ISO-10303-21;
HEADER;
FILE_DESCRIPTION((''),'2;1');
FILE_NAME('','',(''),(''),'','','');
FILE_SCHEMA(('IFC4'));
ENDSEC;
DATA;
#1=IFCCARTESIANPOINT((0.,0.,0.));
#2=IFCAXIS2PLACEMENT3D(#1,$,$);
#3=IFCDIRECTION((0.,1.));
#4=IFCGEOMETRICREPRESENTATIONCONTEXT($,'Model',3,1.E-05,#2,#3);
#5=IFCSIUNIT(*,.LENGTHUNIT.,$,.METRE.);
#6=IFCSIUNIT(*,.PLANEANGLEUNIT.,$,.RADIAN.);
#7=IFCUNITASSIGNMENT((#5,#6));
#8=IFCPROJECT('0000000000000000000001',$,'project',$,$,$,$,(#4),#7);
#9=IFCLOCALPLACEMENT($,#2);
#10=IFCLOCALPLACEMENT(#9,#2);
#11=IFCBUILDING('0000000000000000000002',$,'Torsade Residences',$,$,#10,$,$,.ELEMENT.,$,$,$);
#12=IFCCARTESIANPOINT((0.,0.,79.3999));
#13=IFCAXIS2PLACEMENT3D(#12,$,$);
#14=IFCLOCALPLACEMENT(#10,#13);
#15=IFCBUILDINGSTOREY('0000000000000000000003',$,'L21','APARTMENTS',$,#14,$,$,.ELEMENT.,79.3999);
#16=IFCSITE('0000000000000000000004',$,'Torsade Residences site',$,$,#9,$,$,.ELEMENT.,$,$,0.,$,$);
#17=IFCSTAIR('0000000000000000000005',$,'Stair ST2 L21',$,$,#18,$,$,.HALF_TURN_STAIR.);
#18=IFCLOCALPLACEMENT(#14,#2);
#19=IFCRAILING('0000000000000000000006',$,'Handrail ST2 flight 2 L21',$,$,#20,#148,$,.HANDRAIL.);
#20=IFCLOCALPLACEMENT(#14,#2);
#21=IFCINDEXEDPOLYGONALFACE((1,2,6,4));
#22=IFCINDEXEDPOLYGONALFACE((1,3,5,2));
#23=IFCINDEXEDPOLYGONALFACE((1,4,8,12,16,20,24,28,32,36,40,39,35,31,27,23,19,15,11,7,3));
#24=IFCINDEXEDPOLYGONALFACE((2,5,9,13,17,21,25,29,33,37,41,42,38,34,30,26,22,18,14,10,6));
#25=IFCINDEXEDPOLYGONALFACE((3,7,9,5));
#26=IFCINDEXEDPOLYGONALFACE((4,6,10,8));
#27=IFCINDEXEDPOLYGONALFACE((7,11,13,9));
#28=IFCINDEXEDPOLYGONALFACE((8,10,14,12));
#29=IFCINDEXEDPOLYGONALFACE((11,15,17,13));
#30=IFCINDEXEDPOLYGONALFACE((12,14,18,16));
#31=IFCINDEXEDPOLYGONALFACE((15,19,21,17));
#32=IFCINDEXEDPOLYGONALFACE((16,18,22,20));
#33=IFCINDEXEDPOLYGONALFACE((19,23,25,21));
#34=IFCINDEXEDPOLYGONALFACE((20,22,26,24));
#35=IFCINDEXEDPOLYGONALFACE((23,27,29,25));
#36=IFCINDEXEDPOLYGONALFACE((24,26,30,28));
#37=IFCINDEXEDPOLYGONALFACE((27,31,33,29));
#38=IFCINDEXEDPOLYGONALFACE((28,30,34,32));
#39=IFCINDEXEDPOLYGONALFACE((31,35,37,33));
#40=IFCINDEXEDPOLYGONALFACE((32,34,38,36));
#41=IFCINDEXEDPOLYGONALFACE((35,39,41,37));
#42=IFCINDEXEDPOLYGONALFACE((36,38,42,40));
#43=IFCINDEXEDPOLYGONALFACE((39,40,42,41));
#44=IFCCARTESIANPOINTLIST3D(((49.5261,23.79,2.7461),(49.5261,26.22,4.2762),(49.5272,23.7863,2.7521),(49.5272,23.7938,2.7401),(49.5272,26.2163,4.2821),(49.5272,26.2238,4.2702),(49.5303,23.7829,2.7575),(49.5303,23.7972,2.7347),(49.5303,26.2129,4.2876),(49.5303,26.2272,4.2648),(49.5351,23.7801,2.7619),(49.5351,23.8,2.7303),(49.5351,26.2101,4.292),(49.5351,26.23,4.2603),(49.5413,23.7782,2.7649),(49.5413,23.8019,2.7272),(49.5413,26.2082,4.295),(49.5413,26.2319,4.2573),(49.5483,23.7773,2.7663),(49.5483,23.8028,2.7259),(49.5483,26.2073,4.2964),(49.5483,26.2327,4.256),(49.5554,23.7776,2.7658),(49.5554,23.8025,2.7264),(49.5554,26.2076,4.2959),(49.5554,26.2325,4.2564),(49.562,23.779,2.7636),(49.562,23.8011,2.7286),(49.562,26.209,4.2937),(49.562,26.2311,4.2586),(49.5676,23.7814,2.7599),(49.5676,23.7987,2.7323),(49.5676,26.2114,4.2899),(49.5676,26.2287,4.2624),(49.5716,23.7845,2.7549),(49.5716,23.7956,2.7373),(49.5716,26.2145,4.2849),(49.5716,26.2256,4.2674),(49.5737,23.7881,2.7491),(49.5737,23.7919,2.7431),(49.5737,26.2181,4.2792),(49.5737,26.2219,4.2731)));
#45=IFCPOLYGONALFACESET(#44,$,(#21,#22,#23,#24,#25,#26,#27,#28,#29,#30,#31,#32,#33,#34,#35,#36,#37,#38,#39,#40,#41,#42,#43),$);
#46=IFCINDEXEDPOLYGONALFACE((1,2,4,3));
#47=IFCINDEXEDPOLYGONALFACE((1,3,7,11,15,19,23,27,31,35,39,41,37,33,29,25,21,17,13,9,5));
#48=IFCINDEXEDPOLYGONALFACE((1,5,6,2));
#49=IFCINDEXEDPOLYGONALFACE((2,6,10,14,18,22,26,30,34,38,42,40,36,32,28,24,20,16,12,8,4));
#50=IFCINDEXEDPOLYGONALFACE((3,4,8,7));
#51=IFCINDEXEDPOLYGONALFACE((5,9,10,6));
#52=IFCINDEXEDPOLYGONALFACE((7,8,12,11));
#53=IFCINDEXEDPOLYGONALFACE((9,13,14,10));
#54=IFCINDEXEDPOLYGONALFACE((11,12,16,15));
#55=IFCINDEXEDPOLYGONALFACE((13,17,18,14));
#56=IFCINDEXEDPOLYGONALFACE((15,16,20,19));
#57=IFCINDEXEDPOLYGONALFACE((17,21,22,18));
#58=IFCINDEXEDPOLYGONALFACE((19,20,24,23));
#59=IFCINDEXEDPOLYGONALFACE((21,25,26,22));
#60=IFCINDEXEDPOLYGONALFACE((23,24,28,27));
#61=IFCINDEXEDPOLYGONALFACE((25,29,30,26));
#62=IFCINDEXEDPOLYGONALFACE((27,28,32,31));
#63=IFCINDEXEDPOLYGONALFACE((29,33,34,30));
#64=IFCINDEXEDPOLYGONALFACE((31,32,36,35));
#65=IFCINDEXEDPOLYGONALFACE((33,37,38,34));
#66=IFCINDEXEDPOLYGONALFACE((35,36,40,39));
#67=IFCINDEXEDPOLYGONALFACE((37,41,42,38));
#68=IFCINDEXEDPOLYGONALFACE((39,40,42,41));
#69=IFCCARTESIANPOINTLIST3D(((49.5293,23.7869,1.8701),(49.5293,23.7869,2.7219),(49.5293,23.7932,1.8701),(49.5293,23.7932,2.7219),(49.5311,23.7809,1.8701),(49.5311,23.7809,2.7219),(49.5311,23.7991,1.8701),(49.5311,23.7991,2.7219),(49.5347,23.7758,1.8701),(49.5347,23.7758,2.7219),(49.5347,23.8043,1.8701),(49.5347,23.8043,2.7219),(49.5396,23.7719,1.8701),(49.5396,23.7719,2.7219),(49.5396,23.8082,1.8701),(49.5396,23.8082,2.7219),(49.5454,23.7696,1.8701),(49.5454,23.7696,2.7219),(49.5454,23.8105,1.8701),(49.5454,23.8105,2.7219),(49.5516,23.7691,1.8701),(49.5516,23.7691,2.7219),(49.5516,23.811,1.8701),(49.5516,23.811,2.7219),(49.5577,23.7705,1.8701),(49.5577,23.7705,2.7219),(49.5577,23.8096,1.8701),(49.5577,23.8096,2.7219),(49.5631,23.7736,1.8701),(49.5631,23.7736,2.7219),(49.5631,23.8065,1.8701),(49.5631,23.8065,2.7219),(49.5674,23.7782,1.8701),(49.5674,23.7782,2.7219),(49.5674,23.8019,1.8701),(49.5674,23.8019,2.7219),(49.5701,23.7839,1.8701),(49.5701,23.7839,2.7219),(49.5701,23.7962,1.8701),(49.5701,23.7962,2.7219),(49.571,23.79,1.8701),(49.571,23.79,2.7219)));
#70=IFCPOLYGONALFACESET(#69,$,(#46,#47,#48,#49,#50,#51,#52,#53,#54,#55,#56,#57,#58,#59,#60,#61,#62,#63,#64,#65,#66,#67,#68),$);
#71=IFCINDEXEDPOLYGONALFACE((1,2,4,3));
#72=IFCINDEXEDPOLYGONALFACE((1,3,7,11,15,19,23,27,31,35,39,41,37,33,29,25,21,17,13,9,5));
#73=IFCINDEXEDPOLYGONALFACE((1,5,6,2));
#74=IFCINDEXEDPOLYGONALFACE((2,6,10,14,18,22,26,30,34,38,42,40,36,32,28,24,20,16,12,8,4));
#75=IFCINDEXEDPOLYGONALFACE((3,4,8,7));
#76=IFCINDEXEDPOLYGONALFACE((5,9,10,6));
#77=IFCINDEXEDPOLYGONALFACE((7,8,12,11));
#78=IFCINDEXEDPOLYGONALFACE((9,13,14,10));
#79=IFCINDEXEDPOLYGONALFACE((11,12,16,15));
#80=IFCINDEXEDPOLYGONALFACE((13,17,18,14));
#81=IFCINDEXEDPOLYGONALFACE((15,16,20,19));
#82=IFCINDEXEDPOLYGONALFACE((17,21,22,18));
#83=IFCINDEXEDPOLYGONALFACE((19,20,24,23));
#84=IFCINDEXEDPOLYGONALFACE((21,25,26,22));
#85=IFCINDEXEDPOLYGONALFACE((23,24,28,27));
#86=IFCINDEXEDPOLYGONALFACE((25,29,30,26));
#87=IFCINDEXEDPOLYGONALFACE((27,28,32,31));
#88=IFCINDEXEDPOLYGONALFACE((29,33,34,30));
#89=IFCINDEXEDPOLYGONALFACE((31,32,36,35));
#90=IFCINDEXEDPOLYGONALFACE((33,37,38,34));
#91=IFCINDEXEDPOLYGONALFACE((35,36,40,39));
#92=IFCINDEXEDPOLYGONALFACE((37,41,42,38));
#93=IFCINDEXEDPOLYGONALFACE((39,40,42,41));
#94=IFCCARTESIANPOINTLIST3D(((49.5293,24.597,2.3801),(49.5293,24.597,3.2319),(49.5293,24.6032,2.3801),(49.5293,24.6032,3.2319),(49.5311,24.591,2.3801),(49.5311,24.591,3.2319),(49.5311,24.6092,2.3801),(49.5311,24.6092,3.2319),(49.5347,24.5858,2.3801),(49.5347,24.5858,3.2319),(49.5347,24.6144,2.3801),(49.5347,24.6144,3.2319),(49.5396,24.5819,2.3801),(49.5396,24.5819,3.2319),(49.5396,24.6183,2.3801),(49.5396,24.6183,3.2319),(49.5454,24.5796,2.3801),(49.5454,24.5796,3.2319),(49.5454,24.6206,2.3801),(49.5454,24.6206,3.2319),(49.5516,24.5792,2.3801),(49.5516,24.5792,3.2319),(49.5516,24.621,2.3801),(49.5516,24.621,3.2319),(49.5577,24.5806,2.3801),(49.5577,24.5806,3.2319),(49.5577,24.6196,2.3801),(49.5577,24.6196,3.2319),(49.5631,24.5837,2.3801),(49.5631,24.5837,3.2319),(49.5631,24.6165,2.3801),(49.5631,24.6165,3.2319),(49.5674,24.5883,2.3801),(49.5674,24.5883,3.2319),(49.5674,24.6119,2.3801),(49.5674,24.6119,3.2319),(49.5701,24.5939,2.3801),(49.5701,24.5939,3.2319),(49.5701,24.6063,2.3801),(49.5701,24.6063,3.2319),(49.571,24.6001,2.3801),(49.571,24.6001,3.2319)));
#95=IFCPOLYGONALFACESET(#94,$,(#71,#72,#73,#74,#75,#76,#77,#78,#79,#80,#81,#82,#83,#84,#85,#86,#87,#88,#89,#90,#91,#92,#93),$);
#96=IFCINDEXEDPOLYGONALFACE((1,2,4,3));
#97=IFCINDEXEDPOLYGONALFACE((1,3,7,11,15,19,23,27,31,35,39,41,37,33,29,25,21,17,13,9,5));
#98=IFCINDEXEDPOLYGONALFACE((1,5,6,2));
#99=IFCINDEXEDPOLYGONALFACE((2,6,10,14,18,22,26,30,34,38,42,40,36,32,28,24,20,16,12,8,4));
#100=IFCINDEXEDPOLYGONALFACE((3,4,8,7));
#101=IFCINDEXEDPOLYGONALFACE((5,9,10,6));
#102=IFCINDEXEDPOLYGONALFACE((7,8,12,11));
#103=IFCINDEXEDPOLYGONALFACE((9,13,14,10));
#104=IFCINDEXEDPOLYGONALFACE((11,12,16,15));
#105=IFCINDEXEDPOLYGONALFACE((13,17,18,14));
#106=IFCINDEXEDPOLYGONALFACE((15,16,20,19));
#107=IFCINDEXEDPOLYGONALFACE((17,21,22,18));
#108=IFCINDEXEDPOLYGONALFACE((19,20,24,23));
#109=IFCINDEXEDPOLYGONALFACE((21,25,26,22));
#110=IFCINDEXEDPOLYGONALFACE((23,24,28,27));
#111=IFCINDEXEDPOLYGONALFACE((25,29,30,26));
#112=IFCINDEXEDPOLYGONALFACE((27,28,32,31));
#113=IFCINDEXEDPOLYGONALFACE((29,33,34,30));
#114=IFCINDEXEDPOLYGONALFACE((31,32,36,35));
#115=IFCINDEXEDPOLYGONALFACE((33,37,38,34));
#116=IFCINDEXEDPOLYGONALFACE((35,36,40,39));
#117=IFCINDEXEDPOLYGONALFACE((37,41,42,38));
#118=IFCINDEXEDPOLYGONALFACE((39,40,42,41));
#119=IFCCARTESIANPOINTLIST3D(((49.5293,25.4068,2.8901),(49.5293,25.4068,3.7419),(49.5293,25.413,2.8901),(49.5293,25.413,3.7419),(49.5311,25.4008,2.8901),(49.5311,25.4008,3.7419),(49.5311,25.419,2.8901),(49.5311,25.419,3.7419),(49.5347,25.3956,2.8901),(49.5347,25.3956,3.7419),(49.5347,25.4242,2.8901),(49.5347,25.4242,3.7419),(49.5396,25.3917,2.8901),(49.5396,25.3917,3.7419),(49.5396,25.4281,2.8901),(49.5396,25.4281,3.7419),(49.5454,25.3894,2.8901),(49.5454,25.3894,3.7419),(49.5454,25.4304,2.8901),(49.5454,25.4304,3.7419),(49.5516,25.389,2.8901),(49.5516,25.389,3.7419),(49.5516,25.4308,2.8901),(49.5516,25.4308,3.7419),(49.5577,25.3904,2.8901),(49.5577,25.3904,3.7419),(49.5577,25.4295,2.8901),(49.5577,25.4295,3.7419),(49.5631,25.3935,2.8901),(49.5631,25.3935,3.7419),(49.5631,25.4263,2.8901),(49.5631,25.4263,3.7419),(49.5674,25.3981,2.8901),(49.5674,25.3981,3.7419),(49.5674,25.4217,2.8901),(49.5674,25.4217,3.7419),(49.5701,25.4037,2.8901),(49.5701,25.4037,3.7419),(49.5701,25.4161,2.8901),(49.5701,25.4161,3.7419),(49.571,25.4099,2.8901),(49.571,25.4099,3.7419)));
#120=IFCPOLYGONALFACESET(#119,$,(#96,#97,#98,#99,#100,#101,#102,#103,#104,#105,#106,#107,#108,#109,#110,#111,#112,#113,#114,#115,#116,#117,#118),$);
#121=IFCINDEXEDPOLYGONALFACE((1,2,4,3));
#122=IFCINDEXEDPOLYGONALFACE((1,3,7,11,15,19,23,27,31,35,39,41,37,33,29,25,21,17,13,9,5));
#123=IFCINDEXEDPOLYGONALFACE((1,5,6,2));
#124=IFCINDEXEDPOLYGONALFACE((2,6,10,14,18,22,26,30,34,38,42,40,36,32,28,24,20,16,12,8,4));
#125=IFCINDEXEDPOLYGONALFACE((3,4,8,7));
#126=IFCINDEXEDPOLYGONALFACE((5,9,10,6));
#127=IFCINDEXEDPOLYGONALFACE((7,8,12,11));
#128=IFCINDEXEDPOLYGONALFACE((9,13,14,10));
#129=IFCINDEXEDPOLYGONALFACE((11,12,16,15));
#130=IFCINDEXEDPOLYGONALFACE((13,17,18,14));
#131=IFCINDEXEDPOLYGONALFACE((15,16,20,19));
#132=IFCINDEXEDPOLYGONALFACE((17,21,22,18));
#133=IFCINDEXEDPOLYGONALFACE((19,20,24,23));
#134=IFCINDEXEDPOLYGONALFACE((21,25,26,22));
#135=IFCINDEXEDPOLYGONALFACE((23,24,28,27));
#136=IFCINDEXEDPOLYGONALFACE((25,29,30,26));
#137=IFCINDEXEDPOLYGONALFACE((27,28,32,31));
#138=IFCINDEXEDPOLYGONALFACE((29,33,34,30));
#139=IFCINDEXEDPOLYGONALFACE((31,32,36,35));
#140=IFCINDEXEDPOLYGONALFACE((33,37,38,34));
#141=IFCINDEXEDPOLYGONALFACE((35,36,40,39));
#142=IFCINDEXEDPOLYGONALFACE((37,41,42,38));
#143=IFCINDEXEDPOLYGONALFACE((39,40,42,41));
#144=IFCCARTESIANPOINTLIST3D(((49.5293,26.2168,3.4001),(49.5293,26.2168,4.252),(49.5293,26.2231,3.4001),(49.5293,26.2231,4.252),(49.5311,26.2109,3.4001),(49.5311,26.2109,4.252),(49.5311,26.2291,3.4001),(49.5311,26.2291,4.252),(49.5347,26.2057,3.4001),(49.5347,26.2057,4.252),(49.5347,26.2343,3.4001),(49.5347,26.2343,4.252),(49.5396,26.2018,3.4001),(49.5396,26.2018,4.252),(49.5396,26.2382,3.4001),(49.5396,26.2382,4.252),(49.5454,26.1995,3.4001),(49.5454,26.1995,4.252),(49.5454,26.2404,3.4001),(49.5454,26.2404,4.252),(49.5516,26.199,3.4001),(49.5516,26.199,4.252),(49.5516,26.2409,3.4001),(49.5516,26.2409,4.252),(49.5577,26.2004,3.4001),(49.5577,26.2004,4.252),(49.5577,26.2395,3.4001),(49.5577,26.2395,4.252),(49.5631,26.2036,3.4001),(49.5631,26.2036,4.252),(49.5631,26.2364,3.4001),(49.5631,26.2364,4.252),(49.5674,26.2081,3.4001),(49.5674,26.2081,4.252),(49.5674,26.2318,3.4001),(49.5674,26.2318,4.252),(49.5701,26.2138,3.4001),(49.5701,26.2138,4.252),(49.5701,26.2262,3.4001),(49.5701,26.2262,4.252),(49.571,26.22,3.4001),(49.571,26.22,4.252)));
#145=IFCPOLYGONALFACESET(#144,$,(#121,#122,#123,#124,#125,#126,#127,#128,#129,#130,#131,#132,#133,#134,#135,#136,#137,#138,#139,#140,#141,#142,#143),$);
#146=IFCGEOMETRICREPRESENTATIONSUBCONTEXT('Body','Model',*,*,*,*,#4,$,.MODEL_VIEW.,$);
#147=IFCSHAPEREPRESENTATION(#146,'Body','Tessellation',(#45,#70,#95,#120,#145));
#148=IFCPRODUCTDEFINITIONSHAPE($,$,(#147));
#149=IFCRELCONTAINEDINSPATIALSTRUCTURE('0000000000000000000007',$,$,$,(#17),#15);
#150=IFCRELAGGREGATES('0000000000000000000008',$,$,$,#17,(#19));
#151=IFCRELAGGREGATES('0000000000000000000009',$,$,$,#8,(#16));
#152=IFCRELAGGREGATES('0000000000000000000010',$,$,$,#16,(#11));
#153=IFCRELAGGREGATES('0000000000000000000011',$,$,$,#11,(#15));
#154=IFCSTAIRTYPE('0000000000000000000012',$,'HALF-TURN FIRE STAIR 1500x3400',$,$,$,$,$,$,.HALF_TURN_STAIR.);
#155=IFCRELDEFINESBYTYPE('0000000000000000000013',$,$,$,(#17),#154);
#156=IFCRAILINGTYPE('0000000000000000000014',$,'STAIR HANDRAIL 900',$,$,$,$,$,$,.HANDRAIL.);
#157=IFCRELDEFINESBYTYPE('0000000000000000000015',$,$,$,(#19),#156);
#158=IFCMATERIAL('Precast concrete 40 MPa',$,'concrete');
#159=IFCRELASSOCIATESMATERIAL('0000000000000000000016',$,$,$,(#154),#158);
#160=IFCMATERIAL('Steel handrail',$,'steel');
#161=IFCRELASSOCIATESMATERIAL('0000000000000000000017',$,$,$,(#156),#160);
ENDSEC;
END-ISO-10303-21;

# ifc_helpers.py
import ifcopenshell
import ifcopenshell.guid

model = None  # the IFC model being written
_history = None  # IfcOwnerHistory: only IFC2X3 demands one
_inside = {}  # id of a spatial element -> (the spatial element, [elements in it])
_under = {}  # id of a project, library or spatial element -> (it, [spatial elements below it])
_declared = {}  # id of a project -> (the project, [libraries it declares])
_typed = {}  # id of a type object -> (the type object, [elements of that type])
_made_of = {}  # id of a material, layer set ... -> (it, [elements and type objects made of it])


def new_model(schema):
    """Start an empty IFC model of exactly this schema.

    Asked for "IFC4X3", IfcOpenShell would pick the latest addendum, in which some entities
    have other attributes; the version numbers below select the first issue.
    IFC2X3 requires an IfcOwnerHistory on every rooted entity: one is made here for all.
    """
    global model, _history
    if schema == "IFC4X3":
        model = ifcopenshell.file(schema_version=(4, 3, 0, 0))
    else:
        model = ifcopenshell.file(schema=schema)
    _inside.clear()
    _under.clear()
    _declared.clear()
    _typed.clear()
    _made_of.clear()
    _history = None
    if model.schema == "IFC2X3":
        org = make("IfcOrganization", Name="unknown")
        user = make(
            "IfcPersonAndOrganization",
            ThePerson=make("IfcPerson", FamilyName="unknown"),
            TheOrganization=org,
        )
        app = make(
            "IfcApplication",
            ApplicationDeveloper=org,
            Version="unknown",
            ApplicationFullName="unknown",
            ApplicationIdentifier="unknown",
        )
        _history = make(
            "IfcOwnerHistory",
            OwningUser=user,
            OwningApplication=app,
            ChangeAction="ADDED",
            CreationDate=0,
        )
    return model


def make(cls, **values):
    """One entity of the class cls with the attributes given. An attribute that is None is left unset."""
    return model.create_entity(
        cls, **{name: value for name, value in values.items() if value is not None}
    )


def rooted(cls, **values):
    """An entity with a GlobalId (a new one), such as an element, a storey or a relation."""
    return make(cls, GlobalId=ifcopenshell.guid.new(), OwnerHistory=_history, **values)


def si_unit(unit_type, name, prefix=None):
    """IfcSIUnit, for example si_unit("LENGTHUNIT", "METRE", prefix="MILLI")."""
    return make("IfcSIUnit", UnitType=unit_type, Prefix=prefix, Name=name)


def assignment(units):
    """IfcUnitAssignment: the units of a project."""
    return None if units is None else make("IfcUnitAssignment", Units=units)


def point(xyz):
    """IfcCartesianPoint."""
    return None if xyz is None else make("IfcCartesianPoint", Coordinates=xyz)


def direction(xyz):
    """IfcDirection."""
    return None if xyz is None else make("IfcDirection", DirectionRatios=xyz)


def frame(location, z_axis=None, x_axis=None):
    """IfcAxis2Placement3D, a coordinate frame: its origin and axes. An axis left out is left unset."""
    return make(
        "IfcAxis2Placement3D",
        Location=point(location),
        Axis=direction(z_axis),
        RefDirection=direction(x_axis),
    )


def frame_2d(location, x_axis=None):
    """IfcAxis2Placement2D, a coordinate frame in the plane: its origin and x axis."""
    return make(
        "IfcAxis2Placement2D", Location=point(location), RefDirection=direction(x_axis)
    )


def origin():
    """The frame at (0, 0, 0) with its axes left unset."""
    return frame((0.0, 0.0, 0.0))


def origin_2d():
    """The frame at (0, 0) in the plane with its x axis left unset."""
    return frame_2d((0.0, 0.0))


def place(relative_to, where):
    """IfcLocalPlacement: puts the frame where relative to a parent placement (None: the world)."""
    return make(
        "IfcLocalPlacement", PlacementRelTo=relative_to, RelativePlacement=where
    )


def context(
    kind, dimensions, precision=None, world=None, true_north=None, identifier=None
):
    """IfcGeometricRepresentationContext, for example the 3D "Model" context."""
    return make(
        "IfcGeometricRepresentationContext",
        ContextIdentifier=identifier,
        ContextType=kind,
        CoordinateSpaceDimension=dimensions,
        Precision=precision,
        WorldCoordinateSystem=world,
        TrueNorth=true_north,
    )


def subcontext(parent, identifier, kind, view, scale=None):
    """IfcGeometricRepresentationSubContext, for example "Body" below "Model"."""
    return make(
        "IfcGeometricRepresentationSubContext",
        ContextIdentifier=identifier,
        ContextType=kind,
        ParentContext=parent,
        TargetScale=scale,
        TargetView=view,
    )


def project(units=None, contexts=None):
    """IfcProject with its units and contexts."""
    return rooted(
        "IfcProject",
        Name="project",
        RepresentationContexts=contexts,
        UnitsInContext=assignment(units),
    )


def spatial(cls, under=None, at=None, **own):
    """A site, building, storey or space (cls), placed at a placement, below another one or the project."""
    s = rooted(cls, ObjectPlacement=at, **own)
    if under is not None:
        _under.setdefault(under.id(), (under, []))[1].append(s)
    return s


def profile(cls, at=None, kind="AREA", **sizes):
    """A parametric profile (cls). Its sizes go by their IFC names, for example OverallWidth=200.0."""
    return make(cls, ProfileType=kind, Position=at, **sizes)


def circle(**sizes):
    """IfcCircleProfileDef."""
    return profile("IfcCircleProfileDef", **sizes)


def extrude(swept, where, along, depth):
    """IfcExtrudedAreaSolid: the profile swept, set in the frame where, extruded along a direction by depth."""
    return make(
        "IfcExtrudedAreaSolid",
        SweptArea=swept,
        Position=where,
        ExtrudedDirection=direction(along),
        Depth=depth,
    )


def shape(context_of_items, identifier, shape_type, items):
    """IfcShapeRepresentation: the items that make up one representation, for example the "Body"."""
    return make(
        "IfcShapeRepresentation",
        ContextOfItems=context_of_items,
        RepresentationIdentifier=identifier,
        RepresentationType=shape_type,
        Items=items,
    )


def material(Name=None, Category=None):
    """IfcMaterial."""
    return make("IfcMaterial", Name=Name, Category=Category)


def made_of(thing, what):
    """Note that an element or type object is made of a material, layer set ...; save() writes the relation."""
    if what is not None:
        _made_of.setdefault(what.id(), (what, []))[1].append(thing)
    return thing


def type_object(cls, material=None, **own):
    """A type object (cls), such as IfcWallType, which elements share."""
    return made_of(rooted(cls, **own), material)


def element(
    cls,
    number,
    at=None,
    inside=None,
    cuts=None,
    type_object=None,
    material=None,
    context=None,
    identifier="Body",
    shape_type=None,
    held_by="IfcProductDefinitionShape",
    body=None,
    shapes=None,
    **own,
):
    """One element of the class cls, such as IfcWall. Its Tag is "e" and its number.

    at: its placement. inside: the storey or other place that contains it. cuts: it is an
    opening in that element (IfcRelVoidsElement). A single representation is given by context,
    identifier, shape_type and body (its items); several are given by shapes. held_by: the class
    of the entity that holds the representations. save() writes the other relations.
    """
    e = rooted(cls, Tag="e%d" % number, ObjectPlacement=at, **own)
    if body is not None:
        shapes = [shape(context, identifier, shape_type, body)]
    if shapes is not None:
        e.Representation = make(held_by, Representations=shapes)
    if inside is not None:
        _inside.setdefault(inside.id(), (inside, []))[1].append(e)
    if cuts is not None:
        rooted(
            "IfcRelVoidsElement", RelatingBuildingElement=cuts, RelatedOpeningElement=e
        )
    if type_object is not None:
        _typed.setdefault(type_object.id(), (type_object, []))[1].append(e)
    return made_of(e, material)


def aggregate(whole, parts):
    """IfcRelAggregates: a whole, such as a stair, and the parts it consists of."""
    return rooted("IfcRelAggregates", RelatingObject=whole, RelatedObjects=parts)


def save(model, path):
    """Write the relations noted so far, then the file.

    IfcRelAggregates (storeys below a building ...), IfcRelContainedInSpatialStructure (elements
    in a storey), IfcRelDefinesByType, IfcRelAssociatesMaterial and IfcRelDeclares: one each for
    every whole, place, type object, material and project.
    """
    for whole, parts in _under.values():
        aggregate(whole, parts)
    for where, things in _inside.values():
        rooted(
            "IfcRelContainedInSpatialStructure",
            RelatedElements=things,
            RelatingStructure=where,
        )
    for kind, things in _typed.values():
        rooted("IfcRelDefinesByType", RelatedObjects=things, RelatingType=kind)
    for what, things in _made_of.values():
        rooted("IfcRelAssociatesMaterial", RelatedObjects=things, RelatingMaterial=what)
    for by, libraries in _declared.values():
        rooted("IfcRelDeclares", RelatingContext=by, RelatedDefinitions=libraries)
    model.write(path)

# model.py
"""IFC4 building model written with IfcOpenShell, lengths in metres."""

from ifc_helpers import new_model, si_unit, direction, frame, origin, origin_2d, place, context, subcontext, project, spatial, circle, extrude, material, type_object, element, aggregate, save


model = new_model("IFC4")

# Units and contexts
model_context = context("Model", 3, precision=1e-05, world=origin(), true_north=direction((0.0, 1.0)))
body_context = subcontext(model_context, "Body", "Model", "MODEL_VIEW")
ifc_project = project(units=[si_unit("LENGTHUNIT", "METRE"), si_unit("PLANEANGLEUNIT", "RADIAN")], contexts=[model_context])

# Site, building, storey
site_placement = place(None, origin())
site = spatial("IfcSite", under=ifc_project, at=site_placement, Name="Torsade Residences site", CompositionType="ELEMENT", RefElevation=0.0)
building_placement = place(site_placement, origin())
building = spatial("IfcBuilding", under=site, at=building_placement, Name="Torsade Residences", CompositionType="ELEMENT")
storey_placement = place(building_placement, frame((0.0, 0.0, 79.3999)))
storey = spatial("IfcBuildingStorey", under=building, at=storey_placement, Name="L21", Description="APARTMENTS", CompositionType="ELEMENT", Elevation=79.3999)

# Stair, railing
ifc_material_1 = material(Name="Precast concrete 40 MPa", Category="concrete")
stair_type = type_object("IfcStairType", Name="HALF-TURN FIRE STAIR 1500x3400", PredefinedType="HALF_TURN_STAIR", material=ifc_material_1)
stair_placement = place(storey_placement, origin())
stair = element("IfcStair", 1, at=stair_placement, inside=storey, type_object=stair_type, Name="Stair ST2 L21", PredefinedType="HALF_TURN_STAIR")
ifc_material_2 = material(Name="Steel handrail", Category="steel")
railing_type = type_object("IfcRailingType", Name="STAIR HANDRAIL 900", PredefinedType="HANDRAIL", material=ifc_material_2)
railing_1_placement = place(storey_placement, frame((49.55, 23.79, 1.8701)))
railing_1 = element("IfcRailing", 2, at=railing_1_placement, type_object=railing_type, Name="Handrail ST2 flight 2 L21", PredefinedType="HANDRAIL", context=body_context, shape_type="SweptSolid", body=[
    extrude(circle(Radius=0.0239, at=origin_2d()), frame((0.0, 0.0, 0.876), z_axis=(0.0, 0.846221, 0.532831), x_axis=(-1.0, 0.0, 0.0)), (0.0, 0.0, 1.0), 2.8716),
    extrude(circle(Radius=0.021, at=origin_2d()), origin(), (0.0, 0.0, 1.0), 0.8518),
    extrude(circle(Radius=0.021, at=origin_2d()), frame((0.0, 0.8101, 0.51)), (0.0, 0.0, 1.0), 0.8518),
    extrude(circle(Radius=0.021, at=origin_2d()), frame((0.0, 1.6199, 1.02)), (0.0, 0.0, 1.0), 0.8518),
    extrude(circle(Radius=0.021, at=origin_2d()), frame((0.0, 2.4299, 1.53)), (0.0, 0.0, 1.0), 0.8518),
])
aggregate(stair, [railing_1])

save(model, "model.ifc")
